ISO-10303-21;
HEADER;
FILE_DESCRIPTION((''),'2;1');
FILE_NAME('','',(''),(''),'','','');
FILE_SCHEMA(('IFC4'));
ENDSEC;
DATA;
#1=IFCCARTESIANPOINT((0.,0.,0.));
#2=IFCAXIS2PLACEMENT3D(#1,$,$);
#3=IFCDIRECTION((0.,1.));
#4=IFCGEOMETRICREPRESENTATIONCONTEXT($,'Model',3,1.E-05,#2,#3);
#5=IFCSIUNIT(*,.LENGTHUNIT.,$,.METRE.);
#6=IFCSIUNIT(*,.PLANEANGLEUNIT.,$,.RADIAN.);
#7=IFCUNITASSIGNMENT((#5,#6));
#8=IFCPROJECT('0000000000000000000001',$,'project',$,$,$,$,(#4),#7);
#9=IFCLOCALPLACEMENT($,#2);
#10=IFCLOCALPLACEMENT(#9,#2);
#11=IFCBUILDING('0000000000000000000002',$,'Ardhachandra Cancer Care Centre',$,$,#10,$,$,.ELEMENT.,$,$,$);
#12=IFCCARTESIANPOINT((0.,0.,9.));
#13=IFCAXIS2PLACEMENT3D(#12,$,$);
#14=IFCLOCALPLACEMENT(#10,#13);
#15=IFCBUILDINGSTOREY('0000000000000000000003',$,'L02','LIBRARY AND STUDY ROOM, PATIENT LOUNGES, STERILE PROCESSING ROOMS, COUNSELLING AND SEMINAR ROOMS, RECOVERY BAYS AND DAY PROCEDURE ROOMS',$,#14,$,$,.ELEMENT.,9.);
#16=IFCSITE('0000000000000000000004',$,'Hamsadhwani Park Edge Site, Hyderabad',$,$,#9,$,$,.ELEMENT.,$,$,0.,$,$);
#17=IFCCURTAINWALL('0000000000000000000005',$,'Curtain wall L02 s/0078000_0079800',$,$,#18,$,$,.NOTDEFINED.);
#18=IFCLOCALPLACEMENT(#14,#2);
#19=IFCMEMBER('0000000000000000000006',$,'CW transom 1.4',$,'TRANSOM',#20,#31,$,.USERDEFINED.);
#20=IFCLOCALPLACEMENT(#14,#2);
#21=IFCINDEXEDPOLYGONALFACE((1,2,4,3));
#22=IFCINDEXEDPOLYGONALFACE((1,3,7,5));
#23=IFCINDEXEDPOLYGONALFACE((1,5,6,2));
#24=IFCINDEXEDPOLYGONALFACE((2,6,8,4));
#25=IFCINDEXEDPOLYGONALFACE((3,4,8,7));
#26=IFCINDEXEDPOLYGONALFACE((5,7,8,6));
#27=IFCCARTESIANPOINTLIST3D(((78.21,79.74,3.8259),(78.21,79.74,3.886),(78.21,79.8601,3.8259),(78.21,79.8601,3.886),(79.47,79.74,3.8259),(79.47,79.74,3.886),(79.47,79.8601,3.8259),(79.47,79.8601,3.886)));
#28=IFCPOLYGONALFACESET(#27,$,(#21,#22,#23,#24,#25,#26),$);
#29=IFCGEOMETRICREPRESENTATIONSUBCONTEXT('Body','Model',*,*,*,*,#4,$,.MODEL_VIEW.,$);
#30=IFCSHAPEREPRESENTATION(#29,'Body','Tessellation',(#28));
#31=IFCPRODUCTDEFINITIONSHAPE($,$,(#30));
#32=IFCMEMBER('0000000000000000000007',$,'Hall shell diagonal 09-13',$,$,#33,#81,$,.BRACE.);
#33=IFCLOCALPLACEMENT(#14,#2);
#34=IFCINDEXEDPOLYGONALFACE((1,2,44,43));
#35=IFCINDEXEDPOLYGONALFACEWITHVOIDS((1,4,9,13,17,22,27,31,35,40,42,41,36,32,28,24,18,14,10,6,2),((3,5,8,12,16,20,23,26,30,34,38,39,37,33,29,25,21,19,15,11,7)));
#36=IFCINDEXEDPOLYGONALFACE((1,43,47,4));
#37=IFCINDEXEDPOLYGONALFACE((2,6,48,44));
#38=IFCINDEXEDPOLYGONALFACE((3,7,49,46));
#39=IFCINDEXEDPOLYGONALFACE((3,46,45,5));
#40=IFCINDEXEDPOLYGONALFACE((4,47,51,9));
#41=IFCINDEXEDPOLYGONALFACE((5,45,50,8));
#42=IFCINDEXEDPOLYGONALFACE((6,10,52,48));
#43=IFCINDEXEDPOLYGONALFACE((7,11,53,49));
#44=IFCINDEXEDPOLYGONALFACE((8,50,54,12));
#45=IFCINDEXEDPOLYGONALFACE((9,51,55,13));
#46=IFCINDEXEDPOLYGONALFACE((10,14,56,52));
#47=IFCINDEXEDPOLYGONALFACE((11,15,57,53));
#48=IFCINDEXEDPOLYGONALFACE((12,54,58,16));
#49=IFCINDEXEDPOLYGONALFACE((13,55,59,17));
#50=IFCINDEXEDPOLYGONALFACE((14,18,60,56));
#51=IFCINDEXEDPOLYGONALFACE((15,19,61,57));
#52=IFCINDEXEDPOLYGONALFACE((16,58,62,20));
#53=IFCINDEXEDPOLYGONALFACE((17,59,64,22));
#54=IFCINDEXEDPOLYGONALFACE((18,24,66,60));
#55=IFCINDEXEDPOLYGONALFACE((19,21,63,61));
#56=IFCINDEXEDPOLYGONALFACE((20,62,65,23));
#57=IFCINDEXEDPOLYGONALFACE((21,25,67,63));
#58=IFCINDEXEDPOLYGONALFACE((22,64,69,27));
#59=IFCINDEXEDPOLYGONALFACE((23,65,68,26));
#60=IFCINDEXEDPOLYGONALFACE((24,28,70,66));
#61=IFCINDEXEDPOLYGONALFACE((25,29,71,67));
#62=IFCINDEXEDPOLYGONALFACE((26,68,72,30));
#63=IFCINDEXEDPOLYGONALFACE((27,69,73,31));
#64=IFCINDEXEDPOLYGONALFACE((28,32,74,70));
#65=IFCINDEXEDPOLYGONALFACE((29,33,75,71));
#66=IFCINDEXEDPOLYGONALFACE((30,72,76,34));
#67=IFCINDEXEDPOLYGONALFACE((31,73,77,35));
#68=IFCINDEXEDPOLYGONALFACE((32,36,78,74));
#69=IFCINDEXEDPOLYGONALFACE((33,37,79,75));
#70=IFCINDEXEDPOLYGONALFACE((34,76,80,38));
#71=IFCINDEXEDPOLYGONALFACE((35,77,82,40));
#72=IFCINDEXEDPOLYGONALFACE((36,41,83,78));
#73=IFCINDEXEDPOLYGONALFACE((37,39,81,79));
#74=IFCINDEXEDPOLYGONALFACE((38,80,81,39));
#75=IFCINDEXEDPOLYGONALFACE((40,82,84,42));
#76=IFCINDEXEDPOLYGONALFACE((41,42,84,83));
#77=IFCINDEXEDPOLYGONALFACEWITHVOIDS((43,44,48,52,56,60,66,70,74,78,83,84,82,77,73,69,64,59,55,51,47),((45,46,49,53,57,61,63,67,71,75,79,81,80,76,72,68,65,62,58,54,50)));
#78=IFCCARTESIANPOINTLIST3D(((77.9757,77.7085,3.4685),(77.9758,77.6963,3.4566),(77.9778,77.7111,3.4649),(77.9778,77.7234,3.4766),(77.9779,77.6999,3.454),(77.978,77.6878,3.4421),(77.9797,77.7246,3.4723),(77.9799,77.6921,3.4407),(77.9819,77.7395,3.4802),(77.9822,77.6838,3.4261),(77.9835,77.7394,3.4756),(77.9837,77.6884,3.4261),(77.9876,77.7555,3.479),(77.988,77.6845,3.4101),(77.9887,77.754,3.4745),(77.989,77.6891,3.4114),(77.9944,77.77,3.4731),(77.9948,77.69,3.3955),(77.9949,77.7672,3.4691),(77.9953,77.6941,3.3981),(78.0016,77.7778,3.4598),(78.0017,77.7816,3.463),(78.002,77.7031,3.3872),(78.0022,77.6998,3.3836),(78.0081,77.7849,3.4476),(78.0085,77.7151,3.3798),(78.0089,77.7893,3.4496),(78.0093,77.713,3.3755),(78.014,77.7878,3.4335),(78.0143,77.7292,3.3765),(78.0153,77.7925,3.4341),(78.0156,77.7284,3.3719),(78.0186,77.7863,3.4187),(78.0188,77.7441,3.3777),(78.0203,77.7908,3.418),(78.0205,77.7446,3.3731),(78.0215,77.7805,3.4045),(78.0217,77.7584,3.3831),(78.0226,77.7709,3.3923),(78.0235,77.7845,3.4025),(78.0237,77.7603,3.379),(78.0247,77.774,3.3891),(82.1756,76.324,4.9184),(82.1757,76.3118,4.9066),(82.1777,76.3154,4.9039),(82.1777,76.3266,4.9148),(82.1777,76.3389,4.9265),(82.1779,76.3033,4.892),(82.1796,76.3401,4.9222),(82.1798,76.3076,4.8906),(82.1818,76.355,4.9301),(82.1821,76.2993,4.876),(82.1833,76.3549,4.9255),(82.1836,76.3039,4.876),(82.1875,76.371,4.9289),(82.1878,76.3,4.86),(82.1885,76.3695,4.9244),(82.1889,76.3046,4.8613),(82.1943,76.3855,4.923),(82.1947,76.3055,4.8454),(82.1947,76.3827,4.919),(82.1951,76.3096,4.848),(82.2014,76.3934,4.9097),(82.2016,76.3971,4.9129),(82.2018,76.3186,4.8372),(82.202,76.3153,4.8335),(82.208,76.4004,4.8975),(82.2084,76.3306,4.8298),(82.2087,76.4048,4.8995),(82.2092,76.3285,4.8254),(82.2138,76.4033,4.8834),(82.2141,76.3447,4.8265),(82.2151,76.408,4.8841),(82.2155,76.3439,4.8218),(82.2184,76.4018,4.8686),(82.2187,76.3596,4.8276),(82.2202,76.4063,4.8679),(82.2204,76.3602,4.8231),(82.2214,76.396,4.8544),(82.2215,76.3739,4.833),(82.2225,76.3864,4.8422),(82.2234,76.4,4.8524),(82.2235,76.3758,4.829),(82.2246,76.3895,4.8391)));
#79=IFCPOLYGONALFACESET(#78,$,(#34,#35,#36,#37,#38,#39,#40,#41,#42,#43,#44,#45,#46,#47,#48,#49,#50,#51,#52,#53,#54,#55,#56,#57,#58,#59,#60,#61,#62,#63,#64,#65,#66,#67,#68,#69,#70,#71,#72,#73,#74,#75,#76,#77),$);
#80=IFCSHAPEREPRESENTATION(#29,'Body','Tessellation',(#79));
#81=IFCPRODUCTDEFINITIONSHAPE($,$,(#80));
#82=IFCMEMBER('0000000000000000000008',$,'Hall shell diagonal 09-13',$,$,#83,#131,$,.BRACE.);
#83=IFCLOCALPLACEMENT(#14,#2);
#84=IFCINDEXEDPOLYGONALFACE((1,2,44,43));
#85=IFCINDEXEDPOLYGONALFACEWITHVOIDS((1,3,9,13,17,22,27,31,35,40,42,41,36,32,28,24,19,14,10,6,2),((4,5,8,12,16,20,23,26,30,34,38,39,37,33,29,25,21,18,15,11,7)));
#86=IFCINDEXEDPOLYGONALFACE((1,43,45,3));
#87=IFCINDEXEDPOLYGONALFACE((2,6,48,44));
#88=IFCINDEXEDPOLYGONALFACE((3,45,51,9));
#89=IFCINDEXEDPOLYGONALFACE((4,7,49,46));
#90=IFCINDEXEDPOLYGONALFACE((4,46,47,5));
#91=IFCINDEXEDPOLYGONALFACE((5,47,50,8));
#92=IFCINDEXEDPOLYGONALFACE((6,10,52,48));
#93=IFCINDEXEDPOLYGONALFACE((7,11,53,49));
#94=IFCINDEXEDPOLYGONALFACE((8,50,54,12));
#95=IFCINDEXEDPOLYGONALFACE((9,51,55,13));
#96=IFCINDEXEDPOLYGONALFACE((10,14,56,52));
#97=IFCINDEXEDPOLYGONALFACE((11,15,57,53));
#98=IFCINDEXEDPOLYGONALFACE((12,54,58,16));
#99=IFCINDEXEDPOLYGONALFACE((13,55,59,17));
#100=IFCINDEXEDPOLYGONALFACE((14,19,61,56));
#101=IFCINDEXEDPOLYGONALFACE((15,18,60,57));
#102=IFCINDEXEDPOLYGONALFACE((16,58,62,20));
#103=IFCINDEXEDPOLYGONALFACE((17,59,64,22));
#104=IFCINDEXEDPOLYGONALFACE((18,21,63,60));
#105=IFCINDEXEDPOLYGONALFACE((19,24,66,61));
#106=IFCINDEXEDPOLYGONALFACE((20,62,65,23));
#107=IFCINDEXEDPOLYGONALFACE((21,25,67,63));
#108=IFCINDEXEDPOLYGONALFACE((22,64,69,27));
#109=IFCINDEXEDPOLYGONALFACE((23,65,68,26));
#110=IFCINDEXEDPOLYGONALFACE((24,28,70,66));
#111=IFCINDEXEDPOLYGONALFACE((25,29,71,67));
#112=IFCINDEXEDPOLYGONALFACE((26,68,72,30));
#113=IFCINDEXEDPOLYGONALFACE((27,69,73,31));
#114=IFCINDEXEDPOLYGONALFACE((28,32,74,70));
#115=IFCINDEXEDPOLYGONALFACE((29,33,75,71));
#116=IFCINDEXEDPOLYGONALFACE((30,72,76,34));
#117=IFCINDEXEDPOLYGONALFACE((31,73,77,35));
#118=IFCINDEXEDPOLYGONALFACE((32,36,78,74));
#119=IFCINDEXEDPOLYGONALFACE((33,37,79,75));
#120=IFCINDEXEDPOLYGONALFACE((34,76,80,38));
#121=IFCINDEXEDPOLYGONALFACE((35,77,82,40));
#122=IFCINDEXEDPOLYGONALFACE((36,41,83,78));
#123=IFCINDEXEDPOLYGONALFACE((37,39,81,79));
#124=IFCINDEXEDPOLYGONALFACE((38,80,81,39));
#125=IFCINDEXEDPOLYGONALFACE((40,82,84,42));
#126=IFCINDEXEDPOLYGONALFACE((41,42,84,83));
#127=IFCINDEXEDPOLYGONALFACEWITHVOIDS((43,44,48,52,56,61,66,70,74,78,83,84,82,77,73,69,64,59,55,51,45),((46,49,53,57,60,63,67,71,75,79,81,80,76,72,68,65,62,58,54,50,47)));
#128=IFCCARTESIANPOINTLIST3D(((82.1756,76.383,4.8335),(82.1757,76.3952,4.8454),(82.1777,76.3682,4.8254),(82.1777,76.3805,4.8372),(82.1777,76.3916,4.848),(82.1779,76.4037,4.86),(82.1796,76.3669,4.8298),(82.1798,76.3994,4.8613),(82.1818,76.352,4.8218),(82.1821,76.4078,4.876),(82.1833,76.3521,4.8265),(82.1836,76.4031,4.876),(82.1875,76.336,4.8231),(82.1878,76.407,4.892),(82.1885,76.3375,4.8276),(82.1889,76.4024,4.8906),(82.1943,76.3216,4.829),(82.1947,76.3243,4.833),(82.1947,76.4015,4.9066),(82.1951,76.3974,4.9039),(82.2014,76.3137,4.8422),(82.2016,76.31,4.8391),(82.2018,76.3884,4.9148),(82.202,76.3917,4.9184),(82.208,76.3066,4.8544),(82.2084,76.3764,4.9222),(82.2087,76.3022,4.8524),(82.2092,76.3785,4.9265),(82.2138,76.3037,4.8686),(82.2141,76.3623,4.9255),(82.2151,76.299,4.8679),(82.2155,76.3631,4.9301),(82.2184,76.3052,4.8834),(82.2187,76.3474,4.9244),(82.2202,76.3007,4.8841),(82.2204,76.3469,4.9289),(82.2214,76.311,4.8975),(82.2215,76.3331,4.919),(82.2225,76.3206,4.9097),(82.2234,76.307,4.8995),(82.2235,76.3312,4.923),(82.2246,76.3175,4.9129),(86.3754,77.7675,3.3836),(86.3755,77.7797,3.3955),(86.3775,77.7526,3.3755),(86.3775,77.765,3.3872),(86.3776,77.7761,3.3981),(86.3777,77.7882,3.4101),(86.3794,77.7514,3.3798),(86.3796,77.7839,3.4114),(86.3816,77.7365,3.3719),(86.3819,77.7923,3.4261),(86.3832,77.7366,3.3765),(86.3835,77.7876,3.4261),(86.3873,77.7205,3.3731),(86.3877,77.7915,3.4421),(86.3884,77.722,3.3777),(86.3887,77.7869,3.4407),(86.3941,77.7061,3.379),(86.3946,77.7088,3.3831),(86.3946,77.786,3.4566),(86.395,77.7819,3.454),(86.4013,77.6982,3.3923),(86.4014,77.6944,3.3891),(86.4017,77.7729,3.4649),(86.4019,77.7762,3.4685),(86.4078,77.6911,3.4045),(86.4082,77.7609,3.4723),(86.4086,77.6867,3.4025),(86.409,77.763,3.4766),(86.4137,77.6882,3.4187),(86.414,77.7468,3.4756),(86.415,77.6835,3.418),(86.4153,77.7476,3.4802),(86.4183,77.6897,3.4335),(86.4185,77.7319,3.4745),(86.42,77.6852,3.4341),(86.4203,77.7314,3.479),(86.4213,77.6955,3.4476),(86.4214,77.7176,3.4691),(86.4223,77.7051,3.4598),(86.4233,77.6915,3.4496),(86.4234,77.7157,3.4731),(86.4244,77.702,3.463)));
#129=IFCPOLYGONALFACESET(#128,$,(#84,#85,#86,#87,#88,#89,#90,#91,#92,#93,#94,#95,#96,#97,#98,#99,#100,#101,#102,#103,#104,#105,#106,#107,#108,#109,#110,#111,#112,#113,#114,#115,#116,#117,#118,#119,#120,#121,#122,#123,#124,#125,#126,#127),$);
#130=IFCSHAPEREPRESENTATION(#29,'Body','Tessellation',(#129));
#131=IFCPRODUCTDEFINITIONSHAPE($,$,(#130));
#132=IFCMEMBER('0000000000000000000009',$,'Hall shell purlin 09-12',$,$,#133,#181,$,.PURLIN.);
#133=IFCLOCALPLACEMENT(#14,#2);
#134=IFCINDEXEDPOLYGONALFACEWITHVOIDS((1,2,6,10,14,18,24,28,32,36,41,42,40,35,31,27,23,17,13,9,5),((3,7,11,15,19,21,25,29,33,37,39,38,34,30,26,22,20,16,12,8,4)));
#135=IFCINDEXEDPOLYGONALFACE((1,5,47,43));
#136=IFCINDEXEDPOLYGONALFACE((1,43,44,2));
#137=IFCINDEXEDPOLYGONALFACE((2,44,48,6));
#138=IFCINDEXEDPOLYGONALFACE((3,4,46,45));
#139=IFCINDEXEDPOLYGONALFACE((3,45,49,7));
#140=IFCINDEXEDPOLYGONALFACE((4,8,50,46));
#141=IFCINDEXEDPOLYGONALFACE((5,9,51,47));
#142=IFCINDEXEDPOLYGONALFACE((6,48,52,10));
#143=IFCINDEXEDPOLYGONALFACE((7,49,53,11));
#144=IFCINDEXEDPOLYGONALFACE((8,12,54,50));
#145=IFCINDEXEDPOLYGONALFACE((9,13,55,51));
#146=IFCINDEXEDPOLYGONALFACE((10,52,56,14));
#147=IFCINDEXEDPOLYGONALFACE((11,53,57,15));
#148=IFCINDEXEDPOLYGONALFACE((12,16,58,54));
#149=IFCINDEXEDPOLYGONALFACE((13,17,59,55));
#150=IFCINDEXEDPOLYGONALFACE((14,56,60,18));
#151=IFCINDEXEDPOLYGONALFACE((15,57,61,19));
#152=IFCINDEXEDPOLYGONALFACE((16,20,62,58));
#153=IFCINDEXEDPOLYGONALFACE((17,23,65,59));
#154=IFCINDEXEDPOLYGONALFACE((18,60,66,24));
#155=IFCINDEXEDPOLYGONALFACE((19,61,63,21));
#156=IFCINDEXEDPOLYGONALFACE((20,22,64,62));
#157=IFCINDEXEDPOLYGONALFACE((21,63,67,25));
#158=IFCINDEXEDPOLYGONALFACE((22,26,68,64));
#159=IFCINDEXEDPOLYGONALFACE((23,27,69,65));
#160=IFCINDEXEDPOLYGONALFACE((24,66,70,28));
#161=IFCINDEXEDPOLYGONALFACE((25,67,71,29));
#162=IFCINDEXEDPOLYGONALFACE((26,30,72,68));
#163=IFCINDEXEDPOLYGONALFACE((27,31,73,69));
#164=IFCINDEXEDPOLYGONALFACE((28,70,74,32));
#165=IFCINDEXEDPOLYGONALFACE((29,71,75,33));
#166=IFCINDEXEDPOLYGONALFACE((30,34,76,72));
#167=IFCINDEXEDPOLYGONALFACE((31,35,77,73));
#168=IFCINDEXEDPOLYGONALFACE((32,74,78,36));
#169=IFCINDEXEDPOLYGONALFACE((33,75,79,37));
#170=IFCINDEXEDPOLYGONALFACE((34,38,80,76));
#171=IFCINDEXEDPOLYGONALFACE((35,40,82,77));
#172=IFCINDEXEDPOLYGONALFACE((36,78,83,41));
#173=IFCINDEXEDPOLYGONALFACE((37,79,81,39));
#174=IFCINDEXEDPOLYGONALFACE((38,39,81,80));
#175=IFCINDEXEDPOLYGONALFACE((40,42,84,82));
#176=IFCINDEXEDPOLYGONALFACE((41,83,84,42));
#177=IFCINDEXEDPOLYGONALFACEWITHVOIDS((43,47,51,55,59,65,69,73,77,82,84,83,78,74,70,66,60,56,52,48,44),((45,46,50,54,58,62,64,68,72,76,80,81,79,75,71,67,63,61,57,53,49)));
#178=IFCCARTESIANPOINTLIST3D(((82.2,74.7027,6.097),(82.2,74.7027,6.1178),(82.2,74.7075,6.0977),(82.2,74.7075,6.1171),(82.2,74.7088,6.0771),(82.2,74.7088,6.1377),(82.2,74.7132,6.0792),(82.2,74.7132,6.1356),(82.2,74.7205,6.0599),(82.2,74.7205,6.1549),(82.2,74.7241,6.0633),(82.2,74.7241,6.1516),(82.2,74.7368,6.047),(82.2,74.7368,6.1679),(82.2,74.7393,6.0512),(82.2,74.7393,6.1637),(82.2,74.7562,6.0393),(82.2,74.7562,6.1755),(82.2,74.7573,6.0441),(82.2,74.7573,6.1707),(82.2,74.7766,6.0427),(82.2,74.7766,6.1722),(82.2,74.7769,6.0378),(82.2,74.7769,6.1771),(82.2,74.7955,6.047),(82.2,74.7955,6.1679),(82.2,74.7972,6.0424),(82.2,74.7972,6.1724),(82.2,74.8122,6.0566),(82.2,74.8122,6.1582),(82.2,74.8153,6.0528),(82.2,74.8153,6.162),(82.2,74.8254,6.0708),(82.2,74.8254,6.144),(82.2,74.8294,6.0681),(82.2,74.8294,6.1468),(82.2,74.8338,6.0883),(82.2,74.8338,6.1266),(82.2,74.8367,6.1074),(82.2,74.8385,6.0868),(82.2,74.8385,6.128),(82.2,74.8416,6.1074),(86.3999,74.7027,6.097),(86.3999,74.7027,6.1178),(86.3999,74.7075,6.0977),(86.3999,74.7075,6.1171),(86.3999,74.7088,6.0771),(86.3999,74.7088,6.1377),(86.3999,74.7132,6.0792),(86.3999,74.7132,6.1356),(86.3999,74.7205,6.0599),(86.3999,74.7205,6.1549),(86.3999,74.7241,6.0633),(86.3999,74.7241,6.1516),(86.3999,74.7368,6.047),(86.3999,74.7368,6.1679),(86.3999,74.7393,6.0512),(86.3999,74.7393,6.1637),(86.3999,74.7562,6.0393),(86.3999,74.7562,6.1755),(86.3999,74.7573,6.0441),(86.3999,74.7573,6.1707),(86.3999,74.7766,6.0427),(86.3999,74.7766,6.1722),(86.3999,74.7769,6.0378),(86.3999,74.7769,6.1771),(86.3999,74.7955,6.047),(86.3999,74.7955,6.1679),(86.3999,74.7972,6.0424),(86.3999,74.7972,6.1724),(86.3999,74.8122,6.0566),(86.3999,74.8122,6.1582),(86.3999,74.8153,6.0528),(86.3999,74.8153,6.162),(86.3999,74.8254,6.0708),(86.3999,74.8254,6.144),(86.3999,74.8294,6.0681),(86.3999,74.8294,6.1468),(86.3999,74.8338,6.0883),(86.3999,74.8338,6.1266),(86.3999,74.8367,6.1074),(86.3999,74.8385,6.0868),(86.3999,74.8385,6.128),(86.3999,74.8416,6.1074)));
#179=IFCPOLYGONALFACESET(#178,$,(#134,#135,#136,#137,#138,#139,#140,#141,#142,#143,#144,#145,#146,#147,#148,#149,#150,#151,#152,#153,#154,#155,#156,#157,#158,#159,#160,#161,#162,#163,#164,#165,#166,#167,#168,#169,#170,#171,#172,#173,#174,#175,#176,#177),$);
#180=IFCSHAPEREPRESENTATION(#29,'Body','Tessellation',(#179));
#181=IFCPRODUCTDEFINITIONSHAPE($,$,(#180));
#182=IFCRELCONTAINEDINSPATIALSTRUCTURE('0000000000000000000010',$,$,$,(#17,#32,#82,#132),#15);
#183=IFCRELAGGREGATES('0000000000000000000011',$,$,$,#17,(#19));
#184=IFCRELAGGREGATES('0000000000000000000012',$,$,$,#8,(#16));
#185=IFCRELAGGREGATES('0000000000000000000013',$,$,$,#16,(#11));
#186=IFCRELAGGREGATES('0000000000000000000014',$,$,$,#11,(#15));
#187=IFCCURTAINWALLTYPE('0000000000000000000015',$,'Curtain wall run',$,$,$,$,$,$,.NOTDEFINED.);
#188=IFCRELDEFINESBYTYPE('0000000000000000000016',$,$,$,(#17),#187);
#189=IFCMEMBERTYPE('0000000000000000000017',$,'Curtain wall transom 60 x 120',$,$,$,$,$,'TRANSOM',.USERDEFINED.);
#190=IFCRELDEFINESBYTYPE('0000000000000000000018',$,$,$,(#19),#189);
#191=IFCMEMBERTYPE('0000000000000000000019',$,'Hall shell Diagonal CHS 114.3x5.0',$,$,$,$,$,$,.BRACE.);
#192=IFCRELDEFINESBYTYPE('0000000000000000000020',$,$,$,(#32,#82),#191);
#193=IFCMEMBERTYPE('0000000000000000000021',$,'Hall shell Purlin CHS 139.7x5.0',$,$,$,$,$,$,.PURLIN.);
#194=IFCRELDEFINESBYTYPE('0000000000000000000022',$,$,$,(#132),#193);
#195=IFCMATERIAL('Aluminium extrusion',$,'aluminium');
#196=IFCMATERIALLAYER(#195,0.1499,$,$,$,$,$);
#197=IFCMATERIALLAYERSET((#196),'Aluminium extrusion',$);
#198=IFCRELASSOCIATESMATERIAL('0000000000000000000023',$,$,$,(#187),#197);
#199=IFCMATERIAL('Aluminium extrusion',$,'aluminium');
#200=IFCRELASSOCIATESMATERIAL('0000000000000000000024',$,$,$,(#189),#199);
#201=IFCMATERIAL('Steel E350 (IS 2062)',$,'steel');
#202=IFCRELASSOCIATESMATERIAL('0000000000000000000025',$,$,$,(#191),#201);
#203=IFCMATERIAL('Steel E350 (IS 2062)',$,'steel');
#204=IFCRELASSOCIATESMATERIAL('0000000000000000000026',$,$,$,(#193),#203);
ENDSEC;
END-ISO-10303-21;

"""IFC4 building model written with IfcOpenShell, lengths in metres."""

from ifc_helpers import new_model, si_unit, direction, frame, origin, origin_2d, place, context, subcontext, project, spatial, rectangle, hollow_circle, extrude, material, layer, layer_set, material_profile, profile_set, type_object, element, aggregate, save


model = new_model("IFC4")

# Units and contexts
model_context = context("Model", 3, precision=1e-05, world=origin(), true_north=direction((0.0, 1.0)))
body_context = subcontext(model_context, "Body", "Model", "MODEL_VIEW")
ifc_project = project(units=[si_unit("LENGTHUNIT", "METRE"), si_unit("PLANEANGLEUNIT", "RADIAN")], contexts=[model_context])

# Site, building, storey
site_placement = place(None, origin())
site = spatial("IfcSite", under=ifc_project, at=site_placement, Name="Hamsadhwani Park Edge Site, Hyderabad", CompositionType="ELEMENT", RefElevation=0.0)
building_placement = place(site_placement, origin())
building = spatial("IfcBuilding", under=site, at=building_placement, Name="Ardhachandra Cancer Care Centre", CompositionType="ELEMENT")
storey_placement = place(building_placement, frame((0.0, 0.0, 9.0)))
storey = spatial("IfcBuildingStorey", under=building, at=storey_placement, Name="L02", Description="LIBRARY AND STUDY ROOM, PATIENT LOUNGES, STERILE PROCESSING ROOMS, COUNSELLING AND SEMINAR ROOMS, RECOVERY BAYS AND DAY PROCEDURE ROOMS", CompositionType="ELEMENT", Elevation=9.0)

# Curtain wall, member
ifc_material_1 = material(Name="Aluminium extrusion", Category="aluminium")
ifc_layer_1 = layer(ifc_material_1, 0.1499)
ifc_layer_set_1 = layer_set([ifc_layer_1], Name="Aluminium extrusion")
curtain_wall_type = type_object("IfcCurtainWallType", Name="Curtain wall run", PredefinedType="NOTDEFINED", material=ifc_layer_set_1)
curtain_wall_placement = place(storey_placement, origin())
curtain_wall = element("IfcCurtainWall", 1, at=curtain_wall_placement, inside=storey, type_object=curtain_wall_type, Name="Curtain wall L02 s/0078000_0079800", PredefinedType="NOTDEFINED")
ifc_material_2 = material(Name="Aluminium extrusion", Category="aluminium")
ifc_material_profile_1 = material_profile(ifc_material_2, rectangle(XDim=0.1201, YDim=0.0601, at=origin_2d()), Name="Curtain wall transom 60 x 120")
ifc_profile_set_1 = profile_set([ifc_material_profile_1], Name="Aluminium extrusion")
member_type_1 = type_object("IfcMemberType", Name="Curtain wall transom 60 x 120", ElementType="TRANSOM", PredefinedType="USERDEFINED", material=ifc_profile_set_1)
member_1_placement = place(storey_placement, frame((78.21, 79.8, 3.856), z_axis=(1.0, 0.0, 0.0), x_axis=(0.0, 1.0, 0.0)))
member_1 = element("IfcMember", 2, at=member_1_placement, type_object=member_type_1, Name="CW transom 1.4", ObjectType="TRANSOM", PredefinedType="USERDEFINED", context=body_context, shape_type="SweptSolid", body=[
    extrude(rectangle(XDim=0.1201, YDim=0.0601, at=origin_2d()), origin(), (0.0, 0.0, 1.0), 1.26),
])
aggregate(curtain_wall, [member_1])

# Members
ifc_material_3 = material(Name="Steel E350 (IS 2062)", Category="steel")
ifc_material_profile_2 = material_profile(ifc_material_3, hollow_circle(Radius=0.0571, WallThickness=0.0049, at=origin_2d()), Name="CHS 114.3x5.0")
ifc_profile_set_2 = profile_set([ifc_material_profile_2], Name="Steel E350 (IS 2062)")
member_type_2 = type_object("IfcMemberType", Name="Hall shell Diagonal CHS 114.3x5.0", PredefinedType="BRACE", material=ifc_profile_set_2)
for number, where, z_axis, x_axis, name in (
    (3, (82.2, 76.3535, 4.876), (-0.902457, 0.297497, -0.311556), (-0.313079, -0.949727, 0.0), "Hall shell diagonal 09-13"),
    (4, (82.2, 76.3535, 4.876), (0.902457, 0.297497, -0.311556), (-0.313079, 0.949727, 0.0), "Hall shell diagonal 09-13"),
):
    element("IfcMember", number, at=place(storey_placement, frame(where, z_axis=z_axis, x_axis=x_axis)), inside=storey, type_object=member_type_2, Name=name, PredefinedType="BRACE", context=body_context, shape_type="SweptSolid", body=[
        extrude(hollow_circle(Radius=0.0571, WallThickness=0.0049, at=origin_2d()), origin(), (0.0, 0.0, 1.0), 4.6538),
    ])
ifc_material_4 = material(Name="Steel E350 (IS 2062)", Category="steel")
ifc_material_profile_3 = material_profile(ifc_material_4, hollow_circle(Radius=0.0698, WallThickness=0.0049, at=origin_2d()), Name="CHS 139.7x5.0")
ifc_profile_set_3 = profile_set([ifc_material_profile_3], Name="Steel E350 (IS 2062)")
member_type_3 = type_object("IfcMemberType", Name="Hall shell Purlin CHS 139.7x5.0", PredefinedType="PURLIN", material=ifc_profile_set_3)
for number, where, z_axis, x_axis, name in (
    (5, (82.2, 74.7717, 6.1074), (1.0, 0.0, 0.0), (0.0, 1.0, 0.0), "Hall shell purlin 09-12"),
):
    element("IfcMember", number, at=place(storey_placement, frame(where, z_axis=z_axis, x_axis=x_axis)), inside=storey, type_object=member_type_3, Name=name, PredefinedType="PURLIN", context=body_context, shape_type="SweptSolid", body=[
        extrude(hollow_circle(Radius=0.0698, WallThickness=0.0049, at=origin_2d()), origin(), (0.0, 0.0, 1.0), 4.2),
    ])

save(model, "model.ifc")
